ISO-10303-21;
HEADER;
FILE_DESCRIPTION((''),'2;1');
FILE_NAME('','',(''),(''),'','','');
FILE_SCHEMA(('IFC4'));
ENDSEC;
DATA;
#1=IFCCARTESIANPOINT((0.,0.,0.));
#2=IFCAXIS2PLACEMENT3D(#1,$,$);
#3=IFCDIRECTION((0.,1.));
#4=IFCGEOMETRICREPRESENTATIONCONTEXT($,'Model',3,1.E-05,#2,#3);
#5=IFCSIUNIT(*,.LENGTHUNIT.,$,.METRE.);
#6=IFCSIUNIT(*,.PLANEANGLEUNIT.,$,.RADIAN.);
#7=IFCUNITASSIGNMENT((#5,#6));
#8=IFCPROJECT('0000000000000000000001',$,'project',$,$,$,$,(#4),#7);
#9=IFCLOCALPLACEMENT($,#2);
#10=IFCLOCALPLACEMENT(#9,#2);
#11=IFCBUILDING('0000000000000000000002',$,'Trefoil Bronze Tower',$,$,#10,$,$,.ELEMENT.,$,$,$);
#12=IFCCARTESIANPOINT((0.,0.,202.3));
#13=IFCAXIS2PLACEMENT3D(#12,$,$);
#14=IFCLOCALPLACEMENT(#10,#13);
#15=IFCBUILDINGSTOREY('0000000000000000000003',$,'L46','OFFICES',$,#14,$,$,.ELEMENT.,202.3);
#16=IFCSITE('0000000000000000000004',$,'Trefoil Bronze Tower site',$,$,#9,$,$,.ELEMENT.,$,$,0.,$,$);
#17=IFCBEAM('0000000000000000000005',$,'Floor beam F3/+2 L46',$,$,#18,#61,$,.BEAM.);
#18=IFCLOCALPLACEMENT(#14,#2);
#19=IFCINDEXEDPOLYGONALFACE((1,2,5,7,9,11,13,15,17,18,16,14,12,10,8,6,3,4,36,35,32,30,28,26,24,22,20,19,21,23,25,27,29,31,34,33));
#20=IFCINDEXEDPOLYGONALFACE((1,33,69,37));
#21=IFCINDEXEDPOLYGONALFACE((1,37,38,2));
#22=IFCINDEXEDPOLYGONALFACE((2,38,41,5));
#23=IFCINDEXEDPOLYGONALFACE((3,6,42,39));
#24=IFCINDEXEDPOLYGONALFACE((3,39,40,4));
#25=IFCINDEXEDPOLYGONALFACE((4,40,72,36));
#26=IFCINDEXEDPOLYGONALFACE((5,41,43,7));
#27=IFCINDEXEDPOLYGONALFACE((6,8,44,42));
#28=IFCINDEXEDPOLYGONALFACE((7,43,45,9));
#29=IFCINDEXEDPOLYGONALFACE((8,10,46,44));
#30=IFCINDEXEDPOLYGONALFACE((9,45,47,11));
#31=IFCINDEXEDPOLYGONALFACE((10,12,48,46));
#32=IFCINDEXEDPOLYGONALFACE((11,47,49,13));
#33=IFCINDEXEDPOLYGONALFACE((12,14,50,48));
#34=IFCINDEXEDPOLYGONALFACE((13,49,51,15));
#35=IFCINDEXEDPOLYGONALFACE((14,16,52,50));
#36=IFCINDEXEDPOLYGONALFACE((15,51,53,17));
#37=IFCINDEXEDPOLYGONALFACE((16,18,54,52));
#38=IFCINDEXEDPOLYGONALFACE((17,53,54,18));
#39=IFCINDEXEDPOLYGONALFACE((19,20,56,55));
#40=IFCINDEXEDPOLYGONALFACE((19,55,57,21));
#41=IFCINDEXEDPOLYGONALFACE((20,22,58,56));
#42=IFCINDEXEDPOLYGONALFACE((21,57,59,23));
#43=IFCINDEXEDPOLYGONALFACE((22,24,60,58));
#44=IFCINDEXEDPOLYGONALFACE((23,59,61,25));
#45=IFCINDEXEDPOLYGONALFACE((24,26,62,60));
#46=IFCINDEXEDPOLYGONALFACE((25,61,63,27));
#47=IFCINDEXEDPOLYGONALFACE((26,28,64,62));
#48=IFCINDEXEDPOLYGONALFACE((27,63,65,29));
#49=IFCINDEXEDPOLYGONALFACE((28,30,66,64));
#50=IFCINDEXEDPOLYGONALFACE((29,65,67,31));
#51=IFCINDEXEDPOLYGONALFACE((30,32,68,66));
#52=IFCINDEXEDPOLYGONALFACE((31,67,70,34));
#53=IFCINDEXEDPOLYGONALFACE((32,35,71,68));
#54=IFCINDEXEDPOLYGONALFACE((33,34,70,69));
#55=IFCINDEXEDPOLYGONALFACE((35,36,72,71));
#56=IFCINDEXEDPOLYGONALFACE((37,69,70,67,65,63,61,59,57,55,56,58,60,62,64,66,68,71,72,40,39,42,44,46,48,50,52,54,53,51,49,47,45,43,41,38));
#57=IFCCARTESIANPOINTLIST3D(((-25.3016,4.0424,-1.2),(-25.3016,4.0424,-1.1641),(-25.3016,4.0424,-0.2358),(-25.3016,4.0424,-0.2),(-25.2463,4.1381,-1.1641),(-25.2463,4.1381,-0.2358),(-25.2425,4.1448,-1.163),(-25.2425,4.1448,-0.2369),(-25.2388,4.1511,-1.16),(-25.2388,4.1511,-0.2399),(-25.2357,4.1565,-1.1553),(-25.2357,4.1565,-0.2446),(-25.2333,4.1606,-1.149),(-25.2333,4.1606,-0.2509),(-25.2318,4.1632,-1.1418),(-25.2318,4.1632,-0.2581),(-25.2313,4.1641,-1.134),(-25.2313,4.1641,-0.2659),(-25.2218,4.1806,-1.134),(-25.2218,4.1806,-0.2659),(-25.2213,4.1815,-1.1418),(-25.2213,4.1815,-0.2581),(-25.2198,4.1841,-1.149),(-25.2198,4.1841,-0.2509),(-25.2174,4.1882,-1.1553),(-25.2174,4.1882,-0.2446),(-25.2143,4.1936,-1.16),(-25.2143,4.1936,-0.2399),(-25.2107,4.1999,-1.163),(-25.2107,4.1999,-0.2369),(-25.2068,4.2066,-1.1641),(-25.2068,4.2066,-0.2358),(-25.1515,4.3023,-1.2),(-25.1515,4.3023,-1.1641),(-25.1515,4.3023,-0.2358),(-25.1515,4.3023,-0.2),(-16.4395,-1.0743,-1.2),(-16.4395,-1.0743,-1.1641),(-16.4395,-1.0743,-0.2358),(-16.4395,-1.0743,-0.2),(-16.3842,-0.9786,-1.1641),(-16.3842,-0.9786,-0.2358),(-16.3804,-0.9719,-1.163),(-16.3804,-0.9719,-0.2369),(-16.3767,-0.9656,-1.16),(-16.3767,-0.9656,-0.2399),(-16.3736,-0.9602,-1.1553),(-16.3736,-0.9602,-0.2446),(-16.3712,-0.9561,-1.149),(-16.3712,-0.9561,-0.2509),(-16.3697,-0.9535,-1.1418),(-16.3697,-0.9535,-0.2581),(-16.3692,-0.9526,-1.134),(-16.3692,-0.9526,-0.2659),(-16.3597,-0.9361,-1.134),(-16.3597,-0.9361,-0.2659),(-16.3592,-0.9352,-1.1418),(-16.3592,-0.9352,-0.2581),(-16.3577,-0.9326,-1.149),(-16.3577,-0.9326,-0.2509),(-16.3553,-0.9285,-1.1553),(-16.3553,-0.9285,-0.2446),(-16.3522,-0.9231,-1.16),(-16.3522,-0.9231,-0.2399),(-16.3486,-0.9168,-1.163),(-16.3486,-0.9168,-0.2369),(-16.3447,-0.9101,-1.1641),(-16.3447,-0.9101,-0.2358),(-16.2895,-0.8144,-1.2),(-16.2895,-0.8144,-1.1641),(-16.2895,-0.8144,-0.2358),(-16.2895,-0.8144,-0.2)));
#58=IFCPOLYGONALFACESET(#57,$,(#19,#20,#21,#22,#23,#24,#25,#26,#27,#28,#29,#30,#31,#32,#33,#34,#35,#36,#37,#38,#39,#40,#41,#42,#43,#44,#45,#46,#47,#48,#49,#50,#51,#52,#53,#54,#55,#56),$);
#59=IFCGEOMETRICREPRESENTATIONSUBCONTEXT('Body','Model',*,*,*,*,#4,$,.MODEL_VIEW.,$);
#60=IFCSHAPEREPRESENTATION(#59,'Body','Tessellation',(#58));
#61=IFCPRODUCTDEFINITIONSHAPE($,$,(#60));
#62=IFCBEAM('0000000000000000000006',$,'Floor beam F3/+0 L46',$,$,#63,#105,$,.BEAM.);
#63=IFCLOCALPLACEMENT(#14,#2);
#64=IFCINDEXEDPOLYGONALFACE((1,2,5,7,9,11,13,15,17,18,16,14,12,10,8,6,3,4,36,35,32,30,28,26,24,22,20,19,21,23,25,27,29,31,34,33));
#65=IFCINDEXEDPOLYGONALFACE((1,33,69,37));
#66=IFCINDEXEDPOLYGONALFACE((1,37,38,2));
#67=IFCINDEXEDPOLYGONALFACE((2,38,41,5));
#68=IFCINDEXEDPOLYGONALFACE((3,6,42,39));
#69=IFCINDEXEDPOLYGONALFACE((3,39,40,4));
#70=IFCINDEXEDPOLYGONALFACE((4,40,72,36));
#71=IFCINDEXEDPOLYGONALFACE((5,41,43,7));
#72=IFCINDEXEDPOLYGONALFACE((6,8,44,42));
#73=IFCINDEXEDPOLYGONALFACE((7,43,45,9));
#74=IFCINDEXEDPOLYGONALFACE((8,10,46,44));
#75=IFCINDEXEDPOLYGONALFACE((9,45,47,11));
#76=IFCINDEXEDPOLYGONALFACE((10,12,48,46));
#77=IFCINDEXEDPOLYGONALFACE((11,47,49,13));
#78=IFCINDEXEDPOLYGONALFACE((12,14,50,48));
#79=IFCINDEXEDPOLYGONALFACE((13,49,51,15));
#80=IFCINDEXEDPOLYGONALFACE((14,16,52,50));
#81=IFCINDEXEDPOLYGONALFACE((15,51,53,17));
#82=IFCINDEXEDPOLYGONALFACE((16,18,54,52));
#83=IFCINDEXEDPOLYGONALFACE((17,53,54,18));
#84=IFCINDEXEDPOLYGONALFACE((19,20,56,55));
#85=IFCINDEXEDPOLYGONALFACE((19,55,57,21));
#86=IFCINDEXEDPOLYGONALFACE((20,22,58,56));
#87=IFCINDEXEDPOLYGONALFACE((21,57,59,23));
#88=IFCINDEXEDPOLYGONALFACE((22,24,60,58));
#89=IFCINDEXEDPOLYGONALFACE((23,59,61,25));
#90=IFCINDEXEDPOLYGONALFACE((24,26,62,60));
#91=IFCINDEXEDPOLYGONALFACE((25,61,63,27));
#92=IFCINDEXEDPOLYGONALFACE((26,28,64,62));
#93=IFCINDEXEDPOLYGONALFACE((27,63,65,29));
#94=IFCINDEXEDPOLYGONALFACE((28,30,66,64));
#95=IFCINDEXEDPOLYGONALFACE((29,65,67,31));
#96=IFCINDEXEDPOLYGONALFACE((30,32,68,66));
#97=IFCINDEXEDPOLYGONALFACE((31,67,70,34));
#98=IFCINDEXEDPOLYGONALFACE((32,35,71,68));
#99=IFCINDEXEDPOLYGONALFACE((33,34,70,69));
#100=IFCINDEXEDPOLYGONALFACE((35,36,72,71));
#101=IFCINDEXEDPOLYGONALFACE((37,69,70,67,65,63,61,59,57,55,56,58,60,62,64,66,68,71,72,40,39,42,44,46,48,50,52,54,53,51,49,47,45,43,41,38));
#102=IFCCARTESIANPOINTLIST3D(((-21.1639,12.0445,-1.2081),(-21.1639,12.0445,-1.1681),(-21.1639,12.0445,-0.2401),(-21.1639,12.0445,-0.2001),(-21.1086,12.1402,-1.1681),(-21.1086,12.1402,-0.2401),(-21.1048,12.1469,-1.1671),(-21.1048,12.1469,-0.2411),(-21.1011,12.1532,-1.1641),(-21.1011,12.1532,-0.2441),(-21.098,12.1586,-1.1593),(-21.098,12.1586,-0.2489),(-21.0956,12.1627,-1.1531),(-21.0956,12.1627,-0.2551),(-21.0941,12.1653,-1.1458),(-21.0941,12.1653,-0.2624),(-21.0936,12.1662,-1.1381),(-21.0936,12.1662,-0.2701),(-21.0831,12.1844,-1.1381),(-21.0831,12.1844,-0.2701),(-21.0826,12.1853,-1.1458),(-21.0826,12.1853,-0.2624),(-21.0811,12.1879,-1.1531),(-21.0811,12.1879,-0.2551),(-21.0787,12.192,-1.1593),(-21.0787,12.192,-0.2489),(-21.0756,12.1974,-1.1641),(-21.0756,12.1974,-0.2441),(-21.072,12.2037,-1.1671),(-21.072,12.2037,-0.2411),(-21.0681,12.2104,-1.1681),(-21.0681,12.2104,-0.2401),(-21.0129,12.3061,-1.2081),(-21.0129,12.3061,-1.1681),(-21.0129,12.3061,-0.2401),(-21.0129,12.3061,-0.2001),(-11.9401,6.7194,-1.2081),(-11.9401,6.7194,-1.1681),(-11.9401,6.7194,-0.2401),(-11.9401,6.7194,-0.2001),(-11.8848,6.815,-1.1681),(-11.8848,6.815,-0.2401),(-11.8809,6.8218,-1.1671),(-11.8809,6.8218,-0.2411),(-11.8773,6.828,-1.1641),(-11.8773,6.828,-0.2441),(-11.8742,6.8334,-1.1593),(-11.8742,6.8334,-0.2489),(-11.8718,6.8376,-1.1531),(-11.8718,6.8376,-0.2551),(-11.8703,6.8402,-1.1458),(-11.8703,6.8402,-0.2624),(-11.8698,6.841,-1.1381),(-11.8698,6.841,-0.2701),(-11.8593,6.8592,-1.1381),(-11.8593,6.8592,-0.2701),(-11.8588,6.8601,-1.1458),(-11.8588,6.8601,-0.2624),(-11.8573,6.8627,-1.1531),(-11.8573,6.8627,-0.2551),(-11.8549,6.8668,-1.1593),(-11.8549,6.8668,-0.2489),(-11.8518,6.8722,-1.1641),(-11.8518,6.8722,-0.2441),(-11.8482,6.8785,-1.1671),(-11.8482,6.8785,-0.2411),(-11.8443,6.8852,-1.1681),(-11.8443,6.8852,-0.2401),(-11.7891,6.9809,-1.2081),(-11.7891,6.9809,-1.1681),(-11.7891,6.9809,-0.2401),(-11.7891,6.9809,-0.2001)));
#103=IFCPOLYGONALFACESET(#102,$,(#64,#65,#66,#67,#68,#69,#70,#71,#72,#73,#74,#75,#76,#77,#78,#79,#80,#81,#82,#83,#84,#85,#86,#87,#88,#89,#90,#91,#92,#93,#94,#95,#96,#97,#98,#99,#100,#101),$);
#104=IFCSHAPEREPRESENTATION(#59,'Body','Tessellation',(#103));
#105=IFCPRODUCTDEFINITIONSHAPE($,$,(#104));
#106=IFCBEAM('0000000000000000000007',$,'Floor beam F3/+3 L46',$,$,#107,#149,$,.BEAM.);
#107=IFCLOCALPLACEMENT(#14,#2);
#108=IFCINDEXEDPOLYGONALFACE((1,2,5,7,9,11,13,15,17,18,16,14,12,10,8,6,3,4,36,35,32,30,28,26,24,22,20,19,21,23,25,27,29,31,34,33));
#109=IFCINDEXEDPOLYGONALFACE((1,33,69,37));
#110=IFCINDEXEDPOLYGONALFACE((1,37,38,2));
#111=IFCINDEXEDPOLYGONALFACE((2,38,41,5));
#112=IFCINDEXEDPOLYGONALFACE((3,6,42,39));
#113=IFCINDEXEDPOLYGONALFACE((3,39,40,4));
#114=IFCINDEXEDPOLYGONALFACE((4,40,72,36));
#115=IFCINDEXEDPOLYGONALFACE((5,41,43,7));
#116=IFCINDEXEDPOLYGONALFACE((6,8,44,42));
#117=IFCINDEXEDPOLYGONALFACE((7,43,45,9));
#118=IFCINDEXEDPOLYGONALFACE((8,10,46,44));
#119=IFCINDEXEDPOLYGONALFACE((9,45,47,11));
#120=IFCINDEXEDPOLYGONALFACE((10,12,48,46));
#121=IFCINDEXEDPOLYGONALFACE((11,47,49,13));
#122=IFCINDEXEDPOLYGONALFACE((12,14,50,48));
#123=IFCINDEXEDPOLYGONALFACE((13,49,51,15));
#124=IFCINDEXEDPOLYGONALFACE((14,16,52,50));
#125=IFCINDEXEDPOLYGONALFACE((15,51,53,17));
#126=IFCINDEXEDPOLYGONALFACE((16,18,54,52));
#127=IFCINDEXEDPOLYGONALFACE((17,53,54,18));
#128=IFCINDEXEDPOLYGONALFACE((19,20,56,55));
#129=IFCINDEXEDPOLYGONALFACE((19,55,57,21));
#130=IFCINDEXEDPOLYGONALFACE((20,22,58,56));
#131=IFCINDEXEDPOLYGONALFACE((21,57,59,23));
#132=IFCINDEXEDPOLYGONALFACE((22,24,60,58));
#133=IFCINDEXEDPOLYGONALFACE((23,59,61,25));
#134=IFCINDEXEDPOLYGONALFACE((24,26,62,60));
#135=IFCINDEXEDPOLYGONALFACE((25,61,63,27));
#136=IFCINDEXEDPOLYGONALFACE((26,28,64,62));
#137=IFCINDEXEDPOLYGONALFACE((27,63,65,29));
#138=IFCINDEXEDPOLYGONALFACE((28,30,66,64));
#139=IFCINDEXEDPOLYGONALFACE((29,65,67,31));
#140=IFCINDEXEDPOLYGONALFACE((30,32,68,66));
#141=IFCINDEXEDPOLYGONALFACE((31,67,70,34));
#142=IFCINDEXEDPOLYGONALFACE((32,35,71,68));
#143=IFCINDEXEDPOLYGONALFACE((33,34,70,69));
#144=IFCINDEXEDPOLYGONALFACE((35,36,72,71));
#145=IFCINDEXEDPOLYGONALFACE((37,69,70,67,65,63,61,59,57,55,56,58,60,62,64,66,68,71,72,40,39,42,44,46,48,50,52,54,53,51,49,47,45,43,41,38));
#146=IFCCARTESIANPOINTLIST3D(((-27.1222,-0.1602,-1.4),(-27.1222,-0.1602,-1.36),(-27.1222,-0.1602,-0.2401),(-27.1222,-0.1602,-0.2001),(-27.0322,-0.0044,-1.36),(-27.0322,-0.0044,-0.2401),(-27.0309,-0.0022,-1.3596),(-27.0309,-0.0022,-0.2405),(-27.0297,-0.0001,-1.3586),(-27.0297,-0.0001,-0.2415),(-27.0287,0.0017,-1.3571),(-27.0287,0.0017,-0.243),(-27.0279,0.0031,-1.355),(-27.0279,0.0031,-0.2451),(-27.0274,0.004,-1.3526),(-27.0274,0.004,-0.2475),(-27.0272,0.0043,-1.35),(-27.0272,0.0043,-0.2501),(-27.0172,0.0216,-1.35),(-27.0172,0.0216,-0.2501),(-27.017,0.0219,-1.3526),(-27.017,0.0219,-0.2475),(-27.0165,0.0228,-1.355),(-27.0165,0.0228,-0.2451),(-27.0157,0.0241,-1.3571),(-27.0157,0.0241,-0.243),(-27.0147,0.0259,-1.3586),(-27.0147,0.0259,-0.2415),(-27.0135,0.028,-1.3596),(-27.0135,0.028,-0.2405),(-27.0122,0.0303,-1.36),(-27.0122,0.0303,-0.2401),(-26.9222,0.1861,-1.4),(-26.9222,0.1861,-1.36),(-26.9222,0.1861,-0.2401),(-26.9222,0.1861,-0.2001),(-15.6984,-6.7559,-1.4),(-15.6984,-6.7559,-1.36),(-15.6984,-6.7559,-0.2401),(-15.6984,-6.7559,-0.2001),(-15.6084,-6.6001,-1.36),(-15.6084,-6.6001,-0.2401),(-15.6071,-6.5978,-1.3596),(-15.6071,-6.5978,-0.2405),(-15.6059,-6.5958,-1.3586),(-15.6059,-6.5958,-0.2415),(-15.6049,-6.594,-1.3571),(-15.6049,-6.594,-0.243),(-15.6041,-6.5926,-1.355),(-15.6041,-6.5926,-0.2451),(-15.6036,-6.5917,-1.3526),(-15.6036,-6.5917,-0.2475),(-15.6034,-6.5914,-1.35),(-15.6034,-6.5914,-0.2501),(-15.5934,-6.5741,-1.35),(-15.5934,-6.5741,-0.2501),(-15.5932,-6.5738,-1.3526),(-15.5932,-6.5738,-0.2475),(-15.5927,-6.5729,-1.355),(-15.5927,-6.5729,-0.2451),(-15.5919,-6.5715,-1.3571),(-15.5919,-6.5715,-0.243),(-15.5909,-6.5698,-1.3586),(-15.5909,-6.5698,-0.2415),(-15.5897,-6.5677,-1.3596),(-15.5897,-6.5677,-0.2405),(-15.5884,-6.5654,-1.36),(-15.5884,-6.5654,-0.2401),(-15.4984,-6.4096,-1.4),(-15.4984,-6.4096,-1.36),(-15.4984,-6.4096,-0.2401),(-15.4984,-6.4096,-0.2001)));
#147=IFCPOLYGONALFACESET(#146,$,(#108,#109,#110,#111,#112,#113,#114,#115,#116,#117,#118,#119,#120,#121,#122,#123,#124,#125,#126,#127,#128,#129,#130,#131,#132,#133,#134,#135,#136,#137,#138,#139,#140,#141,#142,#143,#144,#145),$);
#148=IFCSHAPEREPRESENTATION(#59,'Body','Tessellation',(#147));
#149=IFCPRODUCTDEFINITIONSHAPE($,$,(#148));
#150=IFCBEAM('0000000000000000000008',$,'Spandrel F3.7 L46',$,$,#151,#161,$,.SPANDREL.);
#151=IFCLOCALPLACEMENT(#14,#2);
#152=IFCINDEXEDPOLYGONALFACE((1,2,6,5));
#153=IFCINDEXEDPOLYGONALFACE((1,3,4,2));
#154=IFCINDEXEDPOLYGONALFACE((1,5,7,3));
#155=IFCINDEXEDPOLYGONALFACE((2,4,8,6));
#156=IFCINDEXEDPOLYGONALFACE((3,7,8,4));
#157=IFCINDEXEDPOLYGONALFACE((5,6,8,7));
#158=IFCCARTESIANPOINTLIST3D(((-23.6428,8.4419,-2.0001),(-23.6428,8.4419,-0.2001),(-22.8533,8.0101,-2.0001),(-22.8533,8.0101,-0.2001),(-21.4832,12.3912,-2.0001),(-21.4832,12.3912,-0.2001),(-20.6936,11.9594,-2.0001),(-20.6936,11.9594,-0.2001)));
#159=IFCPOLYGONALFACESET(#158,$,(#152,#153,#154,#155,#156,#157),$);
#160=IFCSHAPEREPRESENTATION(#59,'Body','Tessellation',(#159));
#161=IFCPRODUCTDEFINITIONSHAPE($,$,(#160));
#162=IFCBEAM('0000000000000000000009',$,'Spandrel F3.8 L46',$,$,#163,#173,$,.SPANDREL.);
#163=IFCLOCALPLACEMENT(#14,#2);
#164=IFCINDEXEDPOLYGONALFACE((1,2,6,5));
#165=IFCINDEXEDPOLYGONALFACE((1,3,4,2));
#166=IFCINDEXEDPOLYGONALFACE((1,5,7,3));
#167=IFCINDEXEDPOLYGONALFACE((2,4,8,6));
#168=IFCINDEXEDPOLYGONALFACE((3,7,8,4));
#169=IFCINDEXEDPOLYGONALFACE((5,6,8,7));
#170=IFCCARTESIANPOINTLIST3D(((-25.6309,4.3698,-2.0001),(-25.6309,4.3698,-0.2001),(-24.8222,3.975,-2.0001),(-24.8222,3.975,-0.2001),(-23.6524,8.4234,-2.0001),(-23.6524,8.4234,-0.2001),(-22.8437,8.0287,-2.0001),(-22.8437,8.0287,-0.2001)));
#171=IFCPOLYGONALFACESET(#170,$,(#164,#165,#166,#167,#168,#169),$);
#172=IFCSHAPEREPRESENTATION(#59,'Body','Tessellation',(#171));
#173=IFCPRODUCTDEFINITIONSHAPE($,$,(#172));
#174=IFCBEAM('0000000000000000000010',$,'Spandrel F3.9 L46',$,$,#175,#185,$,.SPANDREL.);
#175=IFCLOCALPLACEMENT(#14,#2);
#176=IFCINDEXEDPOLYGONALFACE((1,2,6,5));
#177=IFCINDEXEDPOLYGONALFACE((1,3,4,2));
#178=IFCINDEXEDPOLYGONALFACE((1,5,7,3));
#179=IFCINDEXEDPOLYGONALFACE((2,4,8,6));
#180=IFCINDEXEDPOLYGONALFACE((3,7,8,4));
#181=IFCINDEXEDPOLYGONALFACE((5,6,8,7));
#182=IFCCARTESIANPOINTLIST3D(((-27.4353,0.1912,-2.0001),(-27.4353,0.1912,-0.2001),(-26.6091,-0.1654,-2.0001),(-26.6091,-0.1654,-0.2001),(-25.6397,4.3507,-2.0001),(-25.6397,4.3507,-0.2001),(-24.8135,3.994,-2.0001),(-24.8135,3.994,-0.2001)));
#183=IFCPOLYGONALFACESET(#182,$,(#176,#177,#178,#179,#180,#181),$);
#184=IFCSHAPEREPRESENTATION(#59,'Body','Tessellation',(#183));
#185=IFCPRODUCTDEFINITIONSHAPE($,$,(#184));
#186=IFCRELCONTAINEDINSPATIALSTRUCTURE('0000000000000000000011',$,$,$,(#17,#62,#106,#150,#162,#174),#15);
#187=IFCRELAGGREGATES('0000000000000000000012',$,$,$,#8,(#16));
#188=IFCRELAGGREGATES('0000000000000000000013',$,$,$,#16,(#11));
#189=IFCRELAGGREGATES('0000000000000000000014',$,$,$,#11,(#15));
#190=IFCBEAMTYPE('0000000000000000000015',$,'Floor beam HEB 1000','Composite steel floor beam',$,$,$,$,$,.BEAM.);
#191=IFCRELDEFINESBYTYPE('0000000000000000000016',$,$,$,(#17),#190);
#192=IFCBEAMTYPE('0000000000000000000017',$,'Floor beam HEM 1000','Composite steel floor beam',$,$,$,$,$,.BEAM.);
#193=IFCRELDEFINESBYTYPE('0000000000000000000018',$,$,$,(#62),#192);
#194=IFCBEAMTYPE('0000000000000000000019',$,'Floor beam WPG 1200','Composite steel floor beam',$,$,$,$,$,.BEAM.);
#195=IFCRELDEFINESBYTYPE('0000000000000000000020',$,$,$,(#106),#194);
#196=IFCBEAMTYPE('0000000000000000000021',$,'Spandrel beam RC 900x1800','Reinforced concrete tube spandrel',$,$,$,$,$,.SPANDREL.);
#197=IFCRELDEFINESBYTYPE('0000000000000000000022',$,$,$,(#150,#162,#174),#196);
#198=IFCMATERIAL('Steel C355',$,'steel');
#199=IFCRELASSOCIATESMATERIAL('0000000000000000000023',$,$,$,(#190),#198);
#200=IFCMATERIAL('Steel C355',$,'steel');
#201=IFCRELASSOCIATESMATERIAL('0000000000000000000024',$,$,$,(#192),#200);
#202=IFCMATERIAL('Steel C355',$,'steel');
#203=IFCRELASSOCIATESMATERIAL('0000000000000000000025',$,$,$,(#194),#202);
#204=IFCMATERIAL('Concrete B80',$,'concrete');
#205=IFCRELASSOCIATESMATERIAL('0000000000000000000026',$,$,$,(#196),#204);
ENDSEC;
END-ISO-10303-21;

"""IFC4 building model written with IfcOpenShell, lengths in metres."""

from ifc_helpers import new_model, si_unit, direction, frame, origin, origin_2d, place, context, subcontext, project, spatial, rectangle, i_section, extrude, material, material_profile, profile_set, type_object, element, save


model = new_model("IFC4")

# Units and contexts
model_context = context("Model", 3, precision=1e-05, world=origin(), true_north=direction((0.0, 1.0)))
body_context = subcontext(model_context, "Body", "Model", "MODEL_VIEW")
ifc_project = project(units=[si_unit("LENGTHUNIT", "METRE"), si_unit("PLANEANGLEUNIT", "RADIAN")], contexts=[model_context])

# Site, building, storey
site_placement = place(None, origin())
site = spatial("IfcSite", under=ifc_project, at=site_placement, Name="Trefoil Bronze Tower site", CompositionType="ELEMENT", RefElevation=0.0)
building_placement = place(site_placement, origin())
building = spatial("IfcBuilding", under=site, at=building_placement, Name="Trefoil Bronze Tower", CompositionType="ELEMENT")
storey_placement = place(building_placement, frame((0.0, 0.0, 202.3)))
storey = spatial("IfcBuildingStorey", under=building, at=storey_placement, Name="L46", Description="OFFICES", CompositionType="ELEMENT", Elevation=202.3)

# Beams
ifc_material_1 = material(Name="Steel C355", Category="steel")
ifc_material_profile_1 = material_profile(ifc_material_1, i_section(OverallWidth=0.3, OverallDepth=1.0, WebThickness=0.019, FlangeThickness=0.0359, FilletRadius=0.03, at=origin_2d()), Name="HEB 1000")
ifc_profile_set_1 = profile_set([ifc_material_profile_1], Name="Steel C355")
beam_type_1 = type_object("IfcBeamType", Name="Floor beam HEB 1000", Description="Composite steel floor beam", PredefinedType="BEAM", material=ifc_profile_set_1)
beam_1_placement = place(storey_placement, frame((-25.2266, 4.1724, -0.7), z_axis=(0.866018, -0.500014, 0.0), x_axis=(0.500014, 0.866018, 0.0)))
element("IfcBeam", 1, at=beam_1_placement, inside=storey, type_object=beam_type_1, Name="Floor beam F3/+2 L46", PredefinedType="BEAM", context=body_context, shape_type="SweptSolid", body=[
    extrude(i_section(OverallWidth=0.3, OverallDepth=1.0, WebThickness=0.019, FlangeThickness=0.0359, FilletRadius=0.03, at=origin_2d()), origin(), (0.0, 0.0, 1.0), 10.2332),
])
ifc_material_2 = material(Name="Steel C355", Category="steel")
ifc_material_profile_2 = material_profile(ifc_material_2, i_section(OverallWidth=0.302, OverallDepth=1.0081, WebThickness=0.021, FlangeThickness=0.04, FilletRadius=0.03, at=origin_2d()), Name="HEM 1000")
ifc_profile_set_2 = profile_set([ifc_material_profile_2], Name="Steel C355")
beam_type_2 = type_object("IfcBeamType", Name="Floor beam HEM 1000", Description="Composite steel floor beam", PredefinedType="BEAM", material=ifc_profile_set_2)
beam_2_placement = place(storey_placement, frame((-21.0884, 12.1753, -0.7041), z_axis=(0.866034, -0.499985, 0.0), x_axis=(0.499985, 0.866034, 0.0)))
element("IfcBeam", 2, at=beam_2_placement, inside=storey, type_object=beam_type_2, Name="Floor beam F3/+0 L46", PredefinedType="BEAM", context=body_context, shape_type="SweptSolid", body=[
    extrude(i_section(OverallWidth=0.302, OverallDepth=1.0081, WebThickness=0.021, FlangeThickness=0.04, FilletRadius=0.03, at=origin_2d()), origin(), (0.0, 0.0, 1.0), 10.6506),
])
ifc_material_3 = material(Name="Steel C355", Category="steel")
ifc_material_profile_3 = material_profile(ifc_material_3, i_section(OverallWidth=0.3999, OverallDepth=1.2, WebThickness=0.02, FlangeThickness=0.04, FilletRadius=0.01, at=origin_2d()), Name="WPG 1200")
ifc_profile_set_3 = profile_set([ifc_material_profile_3], Name="Steel C355")
beam_type_3 = type_object("IfcBeamType", Name="Floor beam WPG 1200", Description="Composite steel floor beam", PredefinedType="BEAM", material=ifc_profile_set_3)
beam_3_placement = place(storey_placement, frame((-27.0222, 0.0129, -0.8), z_axis=(0.86602, -0.500009, 0.0), x_axis=(0.500009, 0.86602, 0.0)))
element("IfcBeam", 3, at=beam_3_placement, inside=storey, type_object=beam_type_3, Name="Floor beam F3/+3 L46", PredefinedType="BEAM", context=body_context, shape_type="SweptSolid", body=[
    extrude(i_section(OverallWidth=0.3999, OverallDepth=1.2, WebThickness=0.02, FlangeThickness=0.04, FilletRadius=0.01, at=origin_2d()), origin(), (0.0, 0.0, 1.0), 13.1912),
])
ifc_material_4 = material(Name="Concrete B80", Category="concrete")
ifc_material_profile_4 = material_profile(ifc_material_4, rectangle(XDim=0.8999, YDim=1.8, at=origin_2d()), Name="RC 900x1800")
ifc_profile_set_4 = profile_set([ifc_material_profile_4], Name="Concrete B80")
beam_type_4 = type_object("IfcBeamType", Name="Spandrel beam RC 900x1800", Description="Reinforced concrete tube spandrel", PredefinedType="SPANDREL", material=ifc_profile_set_4)
beam_4_placement = place(storey_placement, frame((-21.0884, 12.1753, -1.1001), z_axis=(-0.479802, -0.877377, 0.0), x_axis=(0.877377, -0.479802, 0.0)))
element("IfcBeam", 4, at=beam_4_placement, inside=storey, type_object=beam_type_4, Name="Spandrel F3.7 L46", PredefinedType="SPANDREL", context=body_context, shape_type="SweptSolid", body=[
    extrude(rectangle(XDim=0.8999, YDim=1.8, at=origin_2d()), origin(), (0.0, 0.0, 1.0), 4.5012),
])
beam_5_placement = place(storey_placement, frame((-23.248, 8.2261, -1.1001), z_axis=(-0.43862, -0.898673, 0.0), x_axis=(0.898673, -0.43862, 0.0)))
element("IfcBeam", 5, at=beam_5_placement, inside=storey, type_object=beam_type_4, Name="Spandrel F3.8 L46", PredefinedType="SPANDREL", context=body_context, shape_type="SweptSolid", body=[
    extrude(rectangle(XDim=0.8999, YDim=1.8, at=origin_2d()), origin(), (0.0, 0.0, 1.0), 4.5107),
])
beam_6_placement = place(storey_placement, frame((-25.2266, 4.1724, -1.1001), z_axis=(-0.39635, -0.918099, 0.0), x_axis=(0.918099, -0.39635, 0.0)))
element("IfcBeam", 6, at=beam_6_placement, inside=storey, type_object=beam_type_4, Name="Spandrel F3.9 L46", PredefinedType="SPANDREL", context=body_context, shape_type="SweptSolid", body=[
    extrude(rectangle(XDim=0.8999, YDim=1.8, at=origin_2d()), origin(), (0.0, 0.0, 1.0), 4.5305),
])

save(model, "model.ifc")
